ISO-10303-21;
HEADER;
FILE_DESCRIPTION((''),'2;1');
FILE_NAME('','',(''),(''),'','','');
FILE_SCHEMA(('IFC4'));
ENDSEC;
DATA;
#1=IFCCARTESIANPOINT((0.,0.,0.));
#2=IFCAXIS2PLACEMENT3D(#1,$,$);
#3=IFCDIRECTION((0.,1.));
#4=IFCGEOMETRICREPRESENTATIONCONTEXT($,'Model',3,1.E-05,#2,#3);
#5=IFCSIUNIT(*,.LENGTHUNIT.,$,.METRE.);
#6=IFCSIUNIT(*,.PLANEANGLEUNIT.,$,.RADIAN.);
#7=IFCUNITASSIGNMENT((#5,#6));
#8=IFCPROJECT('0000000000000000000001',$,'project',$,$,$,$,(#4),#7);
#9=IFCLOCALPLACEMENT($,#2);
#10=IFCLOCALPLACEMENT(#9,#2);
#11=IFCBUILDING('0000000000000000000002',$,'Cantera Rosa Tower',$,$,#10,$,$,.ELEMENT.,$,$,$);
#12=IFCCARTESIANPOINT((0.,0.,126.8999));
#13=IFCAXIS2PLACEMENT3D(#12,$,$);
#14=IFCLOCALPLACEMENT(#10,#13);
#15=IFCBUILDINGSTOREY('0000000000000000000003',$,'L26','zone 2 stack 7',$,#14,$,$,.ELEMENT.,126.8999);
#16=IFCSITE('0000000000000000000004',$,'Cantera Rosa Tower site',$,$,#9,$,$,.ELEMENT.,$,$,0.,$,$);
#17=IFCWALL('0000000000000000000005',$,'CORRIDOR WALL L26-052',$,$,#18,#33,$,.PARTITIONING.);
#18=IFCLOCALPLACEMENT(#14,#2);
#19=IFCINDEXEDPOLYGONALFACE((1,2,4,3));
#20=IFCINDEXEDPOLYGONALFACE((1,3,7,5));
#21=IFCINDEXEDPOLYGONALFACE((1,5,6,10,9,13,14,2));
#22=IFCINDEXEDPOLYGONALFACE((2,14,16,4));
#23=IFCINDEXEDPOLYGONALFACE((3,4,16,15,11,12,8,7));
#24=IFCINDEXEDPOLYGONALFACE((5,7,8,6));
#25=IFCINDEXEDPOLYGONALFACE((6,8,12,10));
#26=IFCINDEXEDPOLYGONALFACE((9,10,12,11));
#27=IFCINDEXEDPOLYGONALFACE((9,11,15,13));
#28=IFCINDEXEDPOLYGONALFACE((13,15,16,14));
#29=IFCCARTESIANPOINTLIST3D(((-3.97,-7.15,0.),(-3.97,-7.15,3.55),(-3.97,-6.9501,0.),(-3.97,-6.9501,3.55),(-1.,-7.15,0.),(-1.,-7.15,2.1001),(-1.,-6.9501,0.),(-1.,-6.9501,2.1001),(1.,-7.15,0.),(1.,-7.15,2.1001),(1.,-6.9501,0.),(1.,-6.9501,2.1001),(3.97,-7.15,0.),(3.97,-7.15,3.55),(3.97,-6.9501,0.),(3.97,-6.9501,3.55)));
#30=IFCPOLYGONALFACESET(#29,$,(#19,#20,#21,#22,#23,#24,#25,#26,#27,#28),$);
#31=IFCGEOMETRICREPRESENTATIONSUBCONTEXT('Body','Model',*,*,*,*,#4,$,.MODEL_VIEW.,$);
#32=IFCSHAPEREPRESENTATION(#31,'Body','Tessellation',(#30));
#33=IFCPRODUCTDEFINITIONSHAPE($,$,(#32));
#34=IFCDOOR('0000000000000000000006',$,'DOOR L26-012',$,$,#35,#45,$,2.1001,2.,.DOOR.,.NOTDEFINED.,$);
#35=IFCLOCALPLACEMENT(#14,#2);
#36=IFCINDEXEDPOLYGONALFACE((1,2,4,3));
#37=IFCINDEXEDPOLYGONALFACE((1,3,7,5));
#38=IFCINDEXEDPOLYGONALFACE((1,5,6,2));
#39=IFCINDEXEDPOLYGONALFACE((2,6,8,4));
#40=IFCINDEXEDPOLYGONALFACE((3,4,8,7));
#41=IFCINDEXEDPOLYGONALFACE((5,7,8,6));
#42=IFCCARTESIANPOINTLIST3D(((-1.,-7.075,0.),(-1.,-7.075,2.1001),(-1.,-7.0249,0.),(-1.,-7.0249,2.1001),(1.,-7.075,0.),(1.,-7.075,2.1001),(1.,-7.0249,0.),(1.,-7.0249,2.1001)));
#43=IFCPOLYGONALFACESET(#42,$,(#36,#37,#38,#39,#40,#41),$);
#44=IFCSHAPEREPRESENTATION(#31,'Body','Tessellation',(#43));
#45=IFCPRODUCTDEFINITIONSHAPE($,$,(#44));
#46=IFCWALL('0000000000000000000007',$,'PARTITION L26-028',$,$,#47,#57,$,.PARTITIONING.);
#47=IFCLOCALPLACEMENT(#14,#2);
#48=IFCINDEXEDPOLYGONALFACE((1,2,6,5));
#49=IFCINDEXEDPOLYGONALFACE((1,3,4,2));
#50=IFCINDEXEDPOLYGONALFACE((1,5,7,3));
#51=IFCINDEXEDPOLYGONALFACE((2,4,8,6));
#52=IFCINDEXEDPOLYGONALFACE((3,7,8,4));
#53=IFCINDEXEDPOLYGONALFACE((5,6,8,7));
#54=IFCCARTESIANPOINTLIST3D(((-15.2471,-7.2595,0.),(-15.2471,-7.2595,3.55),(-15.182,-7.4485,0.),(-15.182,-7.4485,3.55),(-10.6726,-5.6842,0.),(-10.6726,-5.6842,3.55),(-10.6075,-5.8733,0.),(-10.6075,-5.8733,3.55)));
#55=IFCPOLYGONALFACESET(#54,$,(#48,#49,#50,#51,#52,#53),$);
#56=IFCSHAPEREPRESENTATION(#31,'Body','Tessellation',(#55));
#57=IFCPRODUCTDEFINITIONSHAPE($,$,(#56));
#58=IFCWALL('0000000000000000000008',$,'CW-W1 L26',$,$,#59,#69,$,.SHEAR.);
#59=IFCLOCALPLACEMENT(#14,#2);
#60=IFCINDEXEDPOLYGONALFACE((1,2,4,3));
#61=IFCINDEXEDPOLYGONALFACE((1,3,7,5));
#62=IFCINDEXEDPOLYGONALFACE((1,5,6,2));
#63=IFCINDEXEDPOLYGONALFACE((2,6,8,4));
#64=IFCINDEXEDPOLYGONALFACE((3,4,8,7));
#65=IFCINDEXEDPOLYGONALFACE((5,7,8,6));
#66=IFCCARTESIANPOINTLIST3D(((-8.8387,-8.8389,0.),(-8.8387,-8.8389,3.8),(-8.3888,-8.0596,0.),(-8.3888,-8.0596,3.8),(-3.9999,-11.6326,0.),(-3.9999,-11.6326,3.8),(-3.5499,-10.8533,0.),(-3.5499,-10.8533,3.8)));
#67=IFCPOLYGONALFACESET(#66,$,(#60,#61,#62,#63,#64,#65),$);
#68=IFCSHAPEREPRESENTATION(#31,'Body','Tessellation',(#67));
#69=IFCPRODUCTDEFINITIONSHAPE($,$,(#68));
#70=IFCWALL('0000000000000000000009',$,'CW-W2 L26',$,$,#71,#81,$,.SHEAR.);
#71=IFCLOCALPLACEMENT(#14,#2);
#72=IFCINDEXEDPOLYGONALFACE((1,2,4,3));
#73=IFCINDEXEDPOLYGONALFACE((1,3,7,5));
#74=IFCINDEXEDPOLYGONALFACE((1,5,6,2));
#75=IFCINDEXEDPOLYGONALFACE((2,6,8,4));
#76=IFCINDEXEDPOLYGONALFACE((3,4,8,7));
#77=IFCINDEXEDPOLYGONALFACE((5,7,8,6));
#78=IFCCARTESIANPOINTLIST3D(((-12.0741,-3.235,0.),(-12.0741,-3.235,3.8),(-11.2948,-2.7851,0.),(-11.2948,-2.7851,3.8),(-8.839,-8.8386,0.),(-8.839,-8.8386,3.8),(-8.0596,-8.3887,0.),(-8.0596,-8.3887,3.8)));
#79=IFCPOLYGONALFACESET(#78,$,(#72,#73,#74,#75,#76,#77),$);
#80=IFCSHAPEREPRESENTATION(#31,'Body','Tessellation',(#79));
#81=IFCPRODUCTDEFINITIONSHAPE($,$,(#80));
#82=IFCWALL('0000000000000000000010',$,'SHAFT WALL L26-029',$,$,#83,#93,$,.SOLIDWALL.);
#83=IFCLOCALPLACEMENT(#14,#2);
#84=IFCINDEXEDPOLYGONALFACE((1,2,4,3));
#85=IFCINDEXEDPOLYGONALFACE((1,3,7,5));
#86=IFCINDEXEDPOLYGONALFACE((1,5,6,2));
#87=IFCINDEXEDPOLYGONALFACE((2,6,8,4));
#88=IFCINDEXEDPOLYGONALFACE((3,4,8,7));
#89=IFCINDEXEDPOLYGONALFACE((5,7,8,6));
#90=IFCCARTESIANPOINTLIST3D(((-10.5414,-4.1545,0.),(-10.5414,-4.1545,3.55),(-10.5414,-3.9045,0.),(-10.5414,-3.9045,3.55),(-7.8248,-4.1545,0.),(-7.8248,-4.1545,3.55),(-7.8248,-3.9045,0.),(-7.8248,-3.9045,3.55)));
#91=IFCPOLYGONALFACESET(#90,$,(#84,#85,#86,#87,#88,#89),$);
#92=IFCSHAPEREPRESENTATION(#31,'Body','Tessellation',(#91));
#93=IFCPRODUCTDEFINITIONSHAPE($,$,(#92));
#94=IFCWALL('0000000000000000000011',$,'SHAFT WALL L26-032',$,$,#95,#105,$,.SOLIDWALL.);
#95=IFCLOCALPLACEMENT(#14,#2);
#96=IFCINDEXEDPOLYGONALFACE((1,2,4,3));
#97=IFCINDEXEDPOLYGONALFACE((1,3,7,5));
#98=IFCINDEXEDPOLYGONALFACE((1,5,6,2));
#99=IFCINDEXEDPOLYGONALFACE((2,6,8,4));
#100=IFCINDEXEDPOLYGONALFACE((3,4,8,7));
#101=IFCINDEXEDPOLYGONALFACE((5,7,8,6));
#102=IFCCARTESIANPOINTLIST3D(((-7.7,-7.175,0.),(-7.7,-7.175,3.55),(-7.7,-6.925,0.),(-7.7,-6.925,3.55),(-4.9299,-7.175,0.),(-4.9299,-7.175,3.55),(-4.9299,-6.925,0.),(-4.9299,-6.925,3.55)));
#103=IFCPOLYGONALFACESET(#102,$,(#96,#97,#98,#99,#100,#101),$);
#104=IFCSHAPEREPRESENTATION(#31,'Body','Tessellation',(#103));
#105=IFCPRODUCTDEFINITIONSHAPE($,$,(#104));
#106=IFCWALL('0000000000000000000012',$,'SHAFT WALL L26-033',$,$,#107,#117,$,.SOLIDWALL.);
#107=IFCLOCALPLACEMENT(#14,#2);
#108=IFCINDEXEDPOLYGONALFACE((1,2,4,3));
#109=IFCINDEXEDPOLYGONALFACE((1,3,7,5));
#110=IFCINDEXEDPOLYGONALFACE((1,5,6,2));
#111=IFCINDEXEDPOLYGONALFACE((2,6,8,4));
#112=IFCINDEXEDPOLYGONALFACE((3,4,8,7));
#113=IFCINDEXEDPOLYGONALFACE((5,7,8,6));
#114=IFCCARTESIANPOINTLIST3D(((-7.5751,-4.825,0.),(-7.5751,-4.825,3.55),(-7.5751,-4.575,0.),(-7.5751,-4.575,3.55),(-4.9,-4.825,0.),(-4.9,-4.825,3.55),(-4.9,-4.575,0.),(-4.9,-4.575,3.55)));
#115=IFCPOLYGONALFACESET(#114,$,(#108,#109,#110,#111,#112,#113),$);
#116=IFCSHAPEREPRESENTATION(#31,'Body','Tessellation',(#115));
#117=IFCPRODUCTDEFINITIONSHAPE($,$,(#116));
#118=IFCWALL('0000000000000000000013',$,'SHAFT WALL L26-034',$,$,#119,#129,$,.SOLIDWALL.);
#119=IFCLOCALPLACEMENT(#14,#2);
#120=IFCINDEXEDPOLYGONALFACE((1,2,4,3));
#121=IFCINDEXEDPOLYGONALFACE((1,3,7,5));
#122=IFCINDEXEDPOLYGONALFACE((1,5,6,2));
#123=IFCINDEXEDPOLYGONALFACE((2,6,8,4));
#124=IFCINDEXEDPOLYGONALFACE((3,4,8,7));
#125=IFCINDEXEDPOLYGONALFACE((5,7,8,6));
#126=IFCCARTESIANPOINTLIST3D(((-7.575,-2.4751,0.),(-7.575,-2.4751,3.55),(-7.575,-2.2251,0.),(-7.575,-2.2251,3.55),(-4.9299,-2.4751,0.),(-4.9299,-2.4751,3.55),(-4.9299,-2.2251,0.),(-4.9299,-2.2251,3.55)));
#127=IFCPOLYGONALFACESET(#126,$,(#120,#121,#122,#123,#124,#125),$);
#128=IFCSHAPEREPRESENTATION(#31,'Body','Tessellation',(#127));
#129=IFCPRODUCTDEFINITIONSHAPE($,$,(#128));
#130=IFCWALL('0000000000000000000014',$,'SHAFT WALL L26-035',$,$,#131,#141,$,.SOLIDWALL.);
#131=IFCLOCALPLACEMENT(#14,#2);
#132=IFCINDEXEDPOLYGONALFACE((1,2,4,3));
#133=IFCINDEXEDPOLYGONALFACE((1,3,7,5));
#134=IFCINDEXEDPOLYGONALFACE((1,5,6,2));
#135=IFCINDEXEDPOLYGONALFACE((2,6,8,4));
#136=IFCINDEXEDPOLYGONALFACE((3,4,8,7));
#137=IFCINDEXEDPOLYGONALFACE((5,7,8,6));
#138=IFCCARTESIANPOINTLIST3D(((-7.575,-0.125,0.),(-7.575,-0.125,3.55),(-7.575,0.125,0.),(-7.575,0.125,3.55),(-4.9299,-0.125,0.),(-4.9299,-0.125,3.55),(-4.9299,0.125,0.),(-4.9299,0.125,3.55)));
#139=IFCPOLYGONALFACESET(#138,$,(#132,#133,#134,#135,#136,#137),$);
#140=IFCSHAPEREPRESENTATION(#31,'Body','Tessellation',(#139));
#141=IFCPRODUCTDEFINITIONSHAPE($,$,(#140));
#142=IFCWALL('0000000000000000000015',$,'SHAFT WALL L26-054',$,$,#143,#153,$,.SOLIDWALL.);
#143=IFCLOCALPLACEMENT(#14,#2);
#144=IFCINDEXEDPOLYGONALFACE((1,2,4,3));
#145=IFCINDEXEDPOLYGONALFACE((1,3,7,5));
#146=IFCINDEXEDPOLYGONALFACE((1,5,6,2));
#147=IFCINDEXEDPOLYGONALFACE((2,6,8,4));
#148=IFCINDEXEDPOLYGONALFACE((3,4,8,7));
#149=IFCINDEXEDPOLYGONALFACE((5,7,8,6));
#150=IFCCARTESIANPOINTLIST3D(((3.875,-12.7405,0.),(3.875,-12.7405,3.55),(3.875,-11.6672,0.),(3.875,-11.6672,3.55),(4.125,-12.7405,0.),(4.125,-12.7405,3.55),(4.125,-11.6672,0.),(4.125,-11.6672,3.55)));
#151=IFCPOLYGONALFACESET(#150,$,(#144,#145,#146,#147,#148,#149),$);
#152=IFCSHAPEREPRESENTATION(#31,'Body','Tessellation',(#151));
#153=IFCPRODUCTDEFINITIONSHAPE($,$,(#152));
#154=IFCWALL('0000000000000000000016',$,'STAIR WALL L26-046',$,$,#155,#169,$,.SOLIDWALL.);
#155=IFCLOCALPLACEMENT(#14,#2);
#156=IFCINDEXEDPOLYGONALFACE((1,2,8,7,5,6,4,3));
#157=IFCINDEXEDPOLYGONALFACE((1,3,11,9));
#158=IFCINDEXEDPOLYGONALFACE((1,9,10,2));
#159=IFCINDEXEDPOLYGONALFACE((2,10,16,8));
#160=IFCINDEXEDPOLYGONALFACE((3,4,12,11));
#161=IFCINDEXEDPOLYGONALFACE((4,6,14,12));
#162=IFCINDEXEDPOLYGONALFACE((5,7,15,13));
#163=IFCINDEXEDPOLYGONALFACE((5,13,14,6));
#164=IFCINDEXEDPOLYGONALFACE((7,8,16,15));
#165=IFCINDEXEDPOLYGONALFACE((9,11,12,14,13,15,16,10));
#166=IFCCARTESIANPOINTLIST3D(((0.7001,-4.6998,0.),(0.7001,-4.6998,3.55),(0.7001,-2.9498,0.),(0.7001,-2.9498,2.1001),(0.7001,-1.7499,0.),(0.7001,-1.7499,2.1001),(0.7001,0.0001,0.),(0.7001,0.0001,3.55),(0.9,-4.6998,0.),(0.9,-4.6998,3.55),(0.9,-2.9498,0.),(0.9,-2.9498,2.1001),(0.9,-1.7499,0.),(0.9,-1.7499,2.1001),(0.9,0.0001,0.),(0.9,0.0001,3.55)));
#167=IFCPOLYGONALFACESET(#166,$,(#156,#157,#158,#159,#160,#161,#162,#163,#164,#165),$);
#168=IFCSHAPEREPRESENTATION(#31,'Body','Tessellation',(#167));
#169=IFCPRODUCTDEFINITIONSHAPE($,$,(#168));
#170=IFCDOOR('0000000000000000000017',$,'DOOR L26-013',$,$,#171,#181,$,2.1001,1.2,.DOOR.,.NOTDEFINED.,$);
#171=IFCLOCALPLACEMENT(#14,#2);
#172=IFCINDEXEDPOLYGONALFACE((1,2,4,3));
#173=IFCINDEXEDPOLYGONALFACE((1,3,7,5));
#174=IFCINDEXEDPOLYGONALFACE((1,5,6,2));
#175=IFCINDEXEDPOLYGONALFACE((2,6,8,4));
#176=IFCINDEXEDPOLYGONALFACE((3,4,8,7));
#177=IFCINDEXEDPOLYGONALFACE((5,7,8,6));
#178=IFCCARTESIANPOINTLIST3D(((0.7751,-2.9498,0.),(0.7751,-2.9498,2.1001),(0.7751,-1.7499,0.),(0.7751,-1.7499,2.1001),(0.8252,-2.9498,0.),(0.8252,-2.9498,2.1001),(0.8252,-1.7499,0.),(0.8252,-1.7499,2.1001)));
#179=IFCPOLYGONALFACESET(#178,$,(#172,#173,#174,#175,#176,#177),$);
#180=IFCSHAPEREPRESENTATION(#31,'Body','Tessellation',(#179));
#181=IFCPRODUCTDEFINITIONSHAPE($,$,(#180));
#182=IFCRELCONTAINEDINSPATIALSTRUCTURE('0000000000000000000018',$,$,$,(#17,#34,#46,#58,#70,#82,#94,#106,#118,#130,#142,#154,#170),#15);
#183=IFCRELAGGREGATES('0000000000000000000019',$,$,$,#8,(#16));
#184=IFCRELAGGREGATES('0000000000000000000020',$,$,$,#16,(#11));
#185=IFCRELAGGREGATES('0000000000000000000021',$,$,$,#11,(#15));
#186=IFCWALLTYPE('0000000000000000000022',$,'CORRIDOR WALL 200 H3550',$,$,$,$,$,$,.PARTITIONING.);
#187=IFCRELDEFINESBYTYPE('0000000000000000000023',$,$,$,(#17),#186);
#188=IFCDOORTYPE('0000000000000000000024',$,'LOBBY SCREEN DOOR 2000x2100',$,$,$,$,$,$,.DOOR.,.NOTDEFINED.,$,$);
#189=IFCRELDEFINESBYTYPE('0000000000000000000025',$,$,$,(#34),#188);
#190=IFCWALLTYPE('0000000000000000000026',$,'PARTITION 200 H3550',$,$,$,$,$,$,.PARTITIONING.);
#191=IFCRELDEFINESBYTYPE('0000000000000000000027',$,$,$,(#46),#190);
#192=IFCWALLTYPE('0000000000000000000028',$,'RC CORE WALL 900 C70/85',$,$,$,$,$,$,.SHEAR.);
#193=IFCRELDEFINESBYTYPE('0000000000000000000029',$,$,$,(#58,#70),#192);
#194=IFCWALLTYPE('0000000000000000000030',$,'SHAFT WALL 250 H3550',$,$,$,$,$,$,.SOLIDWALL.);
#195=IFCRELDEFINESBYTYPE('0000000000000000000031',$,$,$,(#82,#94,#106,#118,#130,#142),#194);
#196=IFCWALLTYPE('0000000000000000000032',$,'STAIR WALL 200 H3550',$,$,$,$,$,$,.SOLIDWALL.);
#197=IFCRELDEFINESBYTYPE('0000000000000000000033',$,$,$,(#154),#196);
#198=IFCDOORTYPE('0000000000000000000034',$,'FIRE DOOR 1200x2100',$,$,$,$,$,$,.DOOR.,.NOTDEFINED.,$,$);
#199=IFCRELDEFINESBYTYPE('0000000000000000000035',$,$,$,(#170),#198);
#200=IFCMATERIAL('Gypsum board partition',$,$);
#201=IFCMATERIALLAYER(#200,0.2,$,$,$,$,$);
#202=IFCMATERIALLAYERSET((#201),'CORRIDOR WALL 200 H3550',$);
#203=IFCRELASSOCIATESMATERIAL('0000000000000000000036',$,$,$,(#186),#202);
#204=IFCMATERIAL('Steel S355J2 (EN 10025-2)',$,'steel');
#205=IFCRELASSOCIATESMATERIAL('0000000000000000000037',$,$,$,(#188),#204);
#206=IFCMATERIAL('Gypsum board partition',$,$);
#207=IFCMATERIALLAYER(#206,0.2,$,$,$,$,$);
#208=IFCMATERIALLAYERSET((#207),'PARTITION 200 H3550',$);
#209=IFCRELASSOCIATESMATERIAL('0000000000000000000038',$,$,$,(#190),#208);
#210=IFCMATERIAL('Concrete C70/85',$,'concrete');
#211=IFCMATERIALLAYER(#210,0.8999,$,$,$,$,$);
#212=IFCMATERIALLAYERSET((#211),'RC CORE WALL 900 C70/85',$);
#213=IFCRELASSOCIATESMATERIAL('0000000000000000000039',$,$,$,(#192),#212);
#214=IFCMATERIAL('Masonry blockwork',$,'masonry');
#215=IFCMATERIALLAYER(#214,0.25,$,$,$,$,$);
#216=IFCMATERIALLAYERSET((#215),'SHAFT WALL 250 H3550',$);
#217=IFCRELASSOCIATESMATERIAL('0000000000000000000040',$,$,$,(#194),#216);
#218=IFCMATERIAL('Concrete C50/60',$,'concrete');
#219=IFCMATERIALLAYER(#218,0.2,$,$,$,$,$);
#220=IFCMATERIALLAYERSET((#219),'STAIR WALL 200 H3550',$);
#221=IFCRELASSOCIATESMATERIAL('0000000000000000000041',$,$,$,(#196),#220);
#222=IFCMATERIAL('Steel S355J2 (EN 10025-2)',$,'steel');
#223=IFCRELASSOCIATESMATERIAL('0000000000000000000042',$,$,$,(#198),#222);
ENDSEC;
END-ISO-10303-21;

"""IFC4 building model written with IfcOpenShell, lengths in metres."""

from ifc_helpers import new_model, si_unit, direction, frame, frame_2d, origin, place, context, subcontext, project, spatial, rectangle, extrude, material, layer, layer_set, type_object, element, fill, save


model = new_model("IFC4")

# Units and contexts
model_context = context("Model", 3, precision=1e-05, world=origin(), true_north=direction((0.0, 1.0)))
body_context = subcontext(model_context, "Body", "Model", "MODEL_VIEW")
ifc_project = project(units=[si_unit("LENGTHUNIT", "METRE"), si_unit("PLANEANGLEUNIT", "RADIAN")], contexts=[model_context])

# Site, building, storey
site_placement = place(None, origin())
site = spatial("IfcSite", under=ifc_project, at=site_placement, Name="Cantera Rosa Tower site", CompositionType="ELEMENT", RefElevation=0.0)
building_placement = place(site_placement, origin())
building = spatial("IfcBuilding", under=site, at=building_placement, Name="Cantera Rosa Tower", CompositionType="ELEMENT")
storey_placement = place(building_placement, frame((0.0, 0.0, 126.8999)))
storey = spatial("IfcBuildingStorey", under=building, at=storey_placement, Name="L26", Description="zone 2 stack 7", CompositionType="ELEMENT", Elevation=126.8999)

# Shared definitions
ifc_material_1 = material(Name="Gypsum board partition")
ifc_layer_1 = layer(ifc_material_1, 0.2)
ifc_layer_set_1 = layer_set([ifc_layer_1], Name="CORRIDOR WALL 200 H3550")
wall_type_1 = type_object("IfcWallType", Name="CORRIDOR WALL 200 H3550", PredefinedType="PARTITIONING", material=ifc_layer_set_1)

# Wall, opening, door
wall_1_placement = place(storey_placement, frame((3.97, -7.05, 0.0), z_axis=(0.0, 0.0, 1.0), x_axis=(-1.0, 0.0, 0.0)))
wall_1 = element("IfcWall", 1, at=wall_1_placement, inside=storey, type_object=wall_type_1, Name="CORRIDOR WALL L26-052", PredefinedType="PARTITIONING", context=body_context, shape_type="SweptSolid", body=[
    extrude(rectangle(XDim=7.9399, YDim=0.2, at=frame_2d((3.97, 0.0))), origin(), (0.0, 0.0, 1.0), 3.55),
])
opening_1_placement = place(wall_1_placement, frame((2.97, 0.0, 0.0)))
opening_1 = element("IfcOpeningElement", 2, at=opening_1_placement, cuts=wall_1, PredefinedType="OPENING", context=body_context, shape_type="SweptSolid", body=[
    extrude(rectangle(XDim=2.0, YDim=2.1001, at=frame_2d((1.0, 1.05))), frame((0.0, 0.1099, 0.0), z_axis=(0.0, -1.0, 0.0), x_axis=(1.0, 0.0, 0.0)), (0.0, 0.0, 1.0), 0.22),
])
ifc_material_2 = material(Name="Steel S355J2 (EN 10025-2)", Category="steel")
door_type_1 = type_object("IfcDoorType", Name="LOBBY SCREEN DOOR 2000x2100", OperationType="NOTDEFINED", PredefinedType="DOOR", material=ifc_material_2)
door_1_placement = place(opening_1_placement, origin())
door_1 = element("IfcDoor", 3, at=door_1_placement, inside=storey, type_object=door_type_1, Name="DOOR L26-012", OperationType="NOTDEFINED", OverallHeight=2.1001, OverallWidth=2.0, PredefinedType="DOOR", context=body_context, shape_type="SweptSolid", body=[
    extrude(rectangle(XDim=2.0, YDim=2.1001, at=frame_2d((1.0, 1.05))), frame((0.0, 0.0249, 0.0), z_axis=(0.0, -1.0, 0.0), x_axis=(1.0, 0.0, 0.0)), (0.0, 0.0, 1.0), 0.05),
])
fill(opening_1, door_1)

# Walls
ifc_material_3 = material(Name="Gypsum board partition")
ifc_layer_2 = layer(ifc_material_3, 0.2)
ifc_layer_set_2 = layer_set([ifc_layer_2], Name="PARTITION 200 H3550")
wall_type_2 = type_object("IfcWallType", Name="PARTITION 200 H3550", PredefinedType="PARTITIONING", material=ifc_layer_set_2)
wall_2_placement = place(storey_placement, frame((-10.6401, -5.7788, 0.0), z_axis=(0.0, 0.0, 1.0), x_axis=(-0.945513, -0.325583, 0.0)))
element("IfcWall", 4, at=wall_2_placement, inside=storey, type_object=wall_type_2, Name="PARTITION L26-028", PredefinedType="PARTITIONING", context=body_context, shape_type="SweptSolid", body=[
    extrude(rectangle(XDim=4.8381, YDim=0.2, at=frame_2d((2.4189, 0.0))), origin(), (0.0, 0.0, 1.0), 3.55),
])
ifc_material_4 = material(Name="Concrete C70/85", Category="concrete")
ifc_layer_3 = layer(ifc_material_4, 0.8999)
ifc_layer_set_3 = layer_set([ifc_layer_3], Name="RC CORE WALL 900 C70/85")
wall_type_3 = type_object("IfcWallType", Name="RC CORE WALL 900 C70/85", PredefinedType="SHEAR", material=ifc_layer_set_3)
wall_3_placement = place(storey_placement, frame((-3.7749, -11.2429, 0.0), z_axis=(0.0, 0.0, 1.0), x_axis=(-0.866027, 0.499997, 0.0)))
element("IfcWall", 5, at=wall_3_placement, inside=storey, type_object=wall_type_3, Name="CW-W1 L26", PredefinedType="SHEAR", context=body_context, shape_type="SweptSolid", body=[
    extrude(rectangle(XDim=5.5874, YDim=0.8999, at=frame_2d((2.7937, 0.0))), origin(), (0.0, 0.0, 1.0), 3.8),
])
wall_4_placement = place(storey_placement, frame((-8.4492, -8.6138, 0.0), z_axis=(0.0, 0.0, 1.0), x_axis=(-0.49999, 0.866031, 0.0)))
element("IfcWall", 6, at=wall_4_placement, inside=storey, type_object=wall_type_3, Name="CW-W2 L26", PredefinedType="SHEAR", context=body_context, shape_type="SweptSolid", body=[
    extrude(rectangle(XDim=6.4705, YDim=0.8999, at=frame_2d((3.2354, 0.0))), origin(), (0.0, 0.0, 1.0), 3.8),
])
ifc_material_5 = material(Name="Masonry blockwork", Category="masonry")
ifc_layer_4 = layer(ifc_material_5, 0.25)
ifc_layer_set_4 = layer_set([ifc_layer_4], Name="SHAFT WALL 250 H3550")
wall_type_4 = type_object("IfcWallType", Name="SHAFT WALL 250 H3550", PredefinedType="SOLIDWALL", material=ifc_layer_set_4)
wall_5_placement = place(storey_placement, frame((-10.5415, -4.0295, 0.0), z_axis=(0.0, 0.0, 1.0), x_axis=(1.0, 0.0, 0.0)))
element("IfcWall", 7, at=wall_5_placement, inside=storey, type_object=wall_type_4, Name="SHAFT WALL L26-029", PredefinedType="SOLIDWALL", context=body_context, shape_type="SweptSolid", body=[
    extrude(rectangle(XDim=2.7166, YDim=0.25, at=frame_2d((1.3584, 0.0))), origin(), (0.0, 0.0, 1.0), 3.55),
])
wall_6_placement = place(storey_placement, frame((-7.7, -7.05, 0.0), z_axis=(0.0, 0.0, 1.0), x_axis=(1.0, 0.0, 0.0)))
element("IfcWall", 8, at=wall_6_placement, inside=storey, type_object=wall_type_4, Name="SHAFT WALL L26-032", PredefinedType="SOLIDWALL", context=body_context, shape_type="SweptSolid", body=[
    extrude(rectangle(XDim=2.77, YDim=0.25, at=frame_2d((1.385, 0.0))), origin(), (0.0, 0.0, 1.0), 3.55),
])
wall_7_placement = place(storey_placement, frame((-7.575, -4.7, 0.0), z_axis=(0.0, 0.0, 1.0), x_axis=(1.0, 0.0, 0.0)))
element("IfcWall", 9, at=wall_7_placement, inside=storey, type_object=wall_type_4, Name="SHAFT WALL L26-033", PredefinedType="SOLIDWALL", context=body_context, shape_type="SweptSolid", body=[
    extrude(rectangle(XDim=2.675, YDim=0.25, at=frame_2d((1.3374, 0.0))), origin(), (0.0, 0.0, 1.0), 3.55),
])
for number, where, z_axis, x_axis, name in (
    (10, (-7.575, -2.3501, 0.0), (0.0, 0.0, 1.0), (1.0, 0.0, 0.0), "SHAFT WALL L26-034"),
    (11, (-7.575, 0.0, 0.0), (0.0, 0.0, 1.0), (1.0, 0.0, 0.0), "SHAFT WALL L26-035"),
):
    element("IfcWall", number, at=place(storey_placement, frame(where, z_axis=z_axis, x_axis=x_axis)), inside=storey, type_object=wall_type_4, Name=name, PredefinedType="SOLIDWALL", context=body_context, shape_type="SweptSolid", body=[
        extrude(rectangle(XDim=2.645, YDim=0.25, at=frame_2d((1.3225, 0.0))), origin(), (0.0, 0.0, 1.0), 3.55),
    ])
wall_8_placement = place(storey_placement, frame((4.0, -12.7405, 0.0), z_axis=(0.0, 0.0, 1.0), x_axis=(0.0, 1.0, 0.0)))
element("IfcWall", 12, at=wall_8_placement, inside=storey, type_object=wall_type_4, Name="SHAFT WALL L26-054", PredefinedType="SOLIDWALL", context=body_context, shape_type="SweptSolid", body=[
    extrude(rectangle(XDim=1.0732, YDim=0.25, at=frame_2d((0.5366, 0.0))), origin(), (0.0, 0.0, 1.0), 3.55),
])

# Wall, opening, door
ifc_material_6 = material(Name="Concrete C50/60", Category="concrete")
ifc_layer_5 = layer(ifc_material_6, 0.2)
ifc_layer_set_5 = layer_set([ifc_layer_5], Name="STAIR WALL 200 H3550")
wall_type_5 = type_object("IfcWallType", Name="STAIR WALL 200 H3550", PredefinedType="SOLIDWALL", material=ifc_layer_set_5)
wall_9_placement = place(storey_placement, frame((0.8, -4.7, 0.0), z_axis=(0.0, 0.0, 1.0), x_axis=(0.0, 1.0, 0.0)))
wall_9 = element("IfcWall", 13, at=wall_9_placement, inside=storey, type_object=wall_type_5, Name="STAIR WALL L26-046", PredefinedType="SOLIDWALL", context=body_context, shape_type="SweptSolid", body=[
    extrude(rectangle(XDim=4.7, YDim=0.2, at=frame_2d((2.3501, 0.0))), origin(), (0.0, 0.0, 1.0), 3.55),
])
opening_2_placement = place(wall_9_placement, frame((1.75, 0.0, 0.0)))
opening_2 = element("IfcOpeningElement", 14, at=opening_2_placement, cuts=wall_9, PredefinedType="OPENING", context=body_context, shape_type="SweptSolid", body=[
    extrude(rectangle(XDim=1.2, YDim=2.1001, at=frame_2d((0.6001, 1.05))), frame((0.0, 0.1099, 0.0), z_axis=(0.0, -1.0, 0.0), x_axis=(1.0, 0.0, 0.0)), (0.0, 0.0, 1.0), 0.22),
])
ifc_material_7 = material(Name="Steel S355J2 (EN 10025-2)", Category="steel")
door_type_2 = type_object("IfcDoorType", Name="FIRE DOOR 1200x2100", OperationType="NOTDEFINED", PredefinedType="DOOR", material=ifc_material_7)
door_2_placement = place(opening_2_placement, origin())
door_2 = element("IfcDoor", 15, at=door_2_placement, inside=storey, type_object=door_type_2, Name="DOOR L26-013", OperationType="NOTDEFINED", OverallHeight=2.1001, OverallWidth=1.2, PredefinedType="DOOR", context=body_context, shape_type="SweptSolid", body=[
    extrude(rectangle(XDim=1.2, YDim=2.1001, at=frame_2d((0.6001, 1.05))), frame((0.0, 0.0249, 0.0), z_axis=(0.0, -1.0, 0.0), x_axis=(1.0, 0.0, 0.0)), (0.0, 0.0, 1.0), 0.05),
])
fill(opening_2, door_2)

save(model, "model.ifc")
